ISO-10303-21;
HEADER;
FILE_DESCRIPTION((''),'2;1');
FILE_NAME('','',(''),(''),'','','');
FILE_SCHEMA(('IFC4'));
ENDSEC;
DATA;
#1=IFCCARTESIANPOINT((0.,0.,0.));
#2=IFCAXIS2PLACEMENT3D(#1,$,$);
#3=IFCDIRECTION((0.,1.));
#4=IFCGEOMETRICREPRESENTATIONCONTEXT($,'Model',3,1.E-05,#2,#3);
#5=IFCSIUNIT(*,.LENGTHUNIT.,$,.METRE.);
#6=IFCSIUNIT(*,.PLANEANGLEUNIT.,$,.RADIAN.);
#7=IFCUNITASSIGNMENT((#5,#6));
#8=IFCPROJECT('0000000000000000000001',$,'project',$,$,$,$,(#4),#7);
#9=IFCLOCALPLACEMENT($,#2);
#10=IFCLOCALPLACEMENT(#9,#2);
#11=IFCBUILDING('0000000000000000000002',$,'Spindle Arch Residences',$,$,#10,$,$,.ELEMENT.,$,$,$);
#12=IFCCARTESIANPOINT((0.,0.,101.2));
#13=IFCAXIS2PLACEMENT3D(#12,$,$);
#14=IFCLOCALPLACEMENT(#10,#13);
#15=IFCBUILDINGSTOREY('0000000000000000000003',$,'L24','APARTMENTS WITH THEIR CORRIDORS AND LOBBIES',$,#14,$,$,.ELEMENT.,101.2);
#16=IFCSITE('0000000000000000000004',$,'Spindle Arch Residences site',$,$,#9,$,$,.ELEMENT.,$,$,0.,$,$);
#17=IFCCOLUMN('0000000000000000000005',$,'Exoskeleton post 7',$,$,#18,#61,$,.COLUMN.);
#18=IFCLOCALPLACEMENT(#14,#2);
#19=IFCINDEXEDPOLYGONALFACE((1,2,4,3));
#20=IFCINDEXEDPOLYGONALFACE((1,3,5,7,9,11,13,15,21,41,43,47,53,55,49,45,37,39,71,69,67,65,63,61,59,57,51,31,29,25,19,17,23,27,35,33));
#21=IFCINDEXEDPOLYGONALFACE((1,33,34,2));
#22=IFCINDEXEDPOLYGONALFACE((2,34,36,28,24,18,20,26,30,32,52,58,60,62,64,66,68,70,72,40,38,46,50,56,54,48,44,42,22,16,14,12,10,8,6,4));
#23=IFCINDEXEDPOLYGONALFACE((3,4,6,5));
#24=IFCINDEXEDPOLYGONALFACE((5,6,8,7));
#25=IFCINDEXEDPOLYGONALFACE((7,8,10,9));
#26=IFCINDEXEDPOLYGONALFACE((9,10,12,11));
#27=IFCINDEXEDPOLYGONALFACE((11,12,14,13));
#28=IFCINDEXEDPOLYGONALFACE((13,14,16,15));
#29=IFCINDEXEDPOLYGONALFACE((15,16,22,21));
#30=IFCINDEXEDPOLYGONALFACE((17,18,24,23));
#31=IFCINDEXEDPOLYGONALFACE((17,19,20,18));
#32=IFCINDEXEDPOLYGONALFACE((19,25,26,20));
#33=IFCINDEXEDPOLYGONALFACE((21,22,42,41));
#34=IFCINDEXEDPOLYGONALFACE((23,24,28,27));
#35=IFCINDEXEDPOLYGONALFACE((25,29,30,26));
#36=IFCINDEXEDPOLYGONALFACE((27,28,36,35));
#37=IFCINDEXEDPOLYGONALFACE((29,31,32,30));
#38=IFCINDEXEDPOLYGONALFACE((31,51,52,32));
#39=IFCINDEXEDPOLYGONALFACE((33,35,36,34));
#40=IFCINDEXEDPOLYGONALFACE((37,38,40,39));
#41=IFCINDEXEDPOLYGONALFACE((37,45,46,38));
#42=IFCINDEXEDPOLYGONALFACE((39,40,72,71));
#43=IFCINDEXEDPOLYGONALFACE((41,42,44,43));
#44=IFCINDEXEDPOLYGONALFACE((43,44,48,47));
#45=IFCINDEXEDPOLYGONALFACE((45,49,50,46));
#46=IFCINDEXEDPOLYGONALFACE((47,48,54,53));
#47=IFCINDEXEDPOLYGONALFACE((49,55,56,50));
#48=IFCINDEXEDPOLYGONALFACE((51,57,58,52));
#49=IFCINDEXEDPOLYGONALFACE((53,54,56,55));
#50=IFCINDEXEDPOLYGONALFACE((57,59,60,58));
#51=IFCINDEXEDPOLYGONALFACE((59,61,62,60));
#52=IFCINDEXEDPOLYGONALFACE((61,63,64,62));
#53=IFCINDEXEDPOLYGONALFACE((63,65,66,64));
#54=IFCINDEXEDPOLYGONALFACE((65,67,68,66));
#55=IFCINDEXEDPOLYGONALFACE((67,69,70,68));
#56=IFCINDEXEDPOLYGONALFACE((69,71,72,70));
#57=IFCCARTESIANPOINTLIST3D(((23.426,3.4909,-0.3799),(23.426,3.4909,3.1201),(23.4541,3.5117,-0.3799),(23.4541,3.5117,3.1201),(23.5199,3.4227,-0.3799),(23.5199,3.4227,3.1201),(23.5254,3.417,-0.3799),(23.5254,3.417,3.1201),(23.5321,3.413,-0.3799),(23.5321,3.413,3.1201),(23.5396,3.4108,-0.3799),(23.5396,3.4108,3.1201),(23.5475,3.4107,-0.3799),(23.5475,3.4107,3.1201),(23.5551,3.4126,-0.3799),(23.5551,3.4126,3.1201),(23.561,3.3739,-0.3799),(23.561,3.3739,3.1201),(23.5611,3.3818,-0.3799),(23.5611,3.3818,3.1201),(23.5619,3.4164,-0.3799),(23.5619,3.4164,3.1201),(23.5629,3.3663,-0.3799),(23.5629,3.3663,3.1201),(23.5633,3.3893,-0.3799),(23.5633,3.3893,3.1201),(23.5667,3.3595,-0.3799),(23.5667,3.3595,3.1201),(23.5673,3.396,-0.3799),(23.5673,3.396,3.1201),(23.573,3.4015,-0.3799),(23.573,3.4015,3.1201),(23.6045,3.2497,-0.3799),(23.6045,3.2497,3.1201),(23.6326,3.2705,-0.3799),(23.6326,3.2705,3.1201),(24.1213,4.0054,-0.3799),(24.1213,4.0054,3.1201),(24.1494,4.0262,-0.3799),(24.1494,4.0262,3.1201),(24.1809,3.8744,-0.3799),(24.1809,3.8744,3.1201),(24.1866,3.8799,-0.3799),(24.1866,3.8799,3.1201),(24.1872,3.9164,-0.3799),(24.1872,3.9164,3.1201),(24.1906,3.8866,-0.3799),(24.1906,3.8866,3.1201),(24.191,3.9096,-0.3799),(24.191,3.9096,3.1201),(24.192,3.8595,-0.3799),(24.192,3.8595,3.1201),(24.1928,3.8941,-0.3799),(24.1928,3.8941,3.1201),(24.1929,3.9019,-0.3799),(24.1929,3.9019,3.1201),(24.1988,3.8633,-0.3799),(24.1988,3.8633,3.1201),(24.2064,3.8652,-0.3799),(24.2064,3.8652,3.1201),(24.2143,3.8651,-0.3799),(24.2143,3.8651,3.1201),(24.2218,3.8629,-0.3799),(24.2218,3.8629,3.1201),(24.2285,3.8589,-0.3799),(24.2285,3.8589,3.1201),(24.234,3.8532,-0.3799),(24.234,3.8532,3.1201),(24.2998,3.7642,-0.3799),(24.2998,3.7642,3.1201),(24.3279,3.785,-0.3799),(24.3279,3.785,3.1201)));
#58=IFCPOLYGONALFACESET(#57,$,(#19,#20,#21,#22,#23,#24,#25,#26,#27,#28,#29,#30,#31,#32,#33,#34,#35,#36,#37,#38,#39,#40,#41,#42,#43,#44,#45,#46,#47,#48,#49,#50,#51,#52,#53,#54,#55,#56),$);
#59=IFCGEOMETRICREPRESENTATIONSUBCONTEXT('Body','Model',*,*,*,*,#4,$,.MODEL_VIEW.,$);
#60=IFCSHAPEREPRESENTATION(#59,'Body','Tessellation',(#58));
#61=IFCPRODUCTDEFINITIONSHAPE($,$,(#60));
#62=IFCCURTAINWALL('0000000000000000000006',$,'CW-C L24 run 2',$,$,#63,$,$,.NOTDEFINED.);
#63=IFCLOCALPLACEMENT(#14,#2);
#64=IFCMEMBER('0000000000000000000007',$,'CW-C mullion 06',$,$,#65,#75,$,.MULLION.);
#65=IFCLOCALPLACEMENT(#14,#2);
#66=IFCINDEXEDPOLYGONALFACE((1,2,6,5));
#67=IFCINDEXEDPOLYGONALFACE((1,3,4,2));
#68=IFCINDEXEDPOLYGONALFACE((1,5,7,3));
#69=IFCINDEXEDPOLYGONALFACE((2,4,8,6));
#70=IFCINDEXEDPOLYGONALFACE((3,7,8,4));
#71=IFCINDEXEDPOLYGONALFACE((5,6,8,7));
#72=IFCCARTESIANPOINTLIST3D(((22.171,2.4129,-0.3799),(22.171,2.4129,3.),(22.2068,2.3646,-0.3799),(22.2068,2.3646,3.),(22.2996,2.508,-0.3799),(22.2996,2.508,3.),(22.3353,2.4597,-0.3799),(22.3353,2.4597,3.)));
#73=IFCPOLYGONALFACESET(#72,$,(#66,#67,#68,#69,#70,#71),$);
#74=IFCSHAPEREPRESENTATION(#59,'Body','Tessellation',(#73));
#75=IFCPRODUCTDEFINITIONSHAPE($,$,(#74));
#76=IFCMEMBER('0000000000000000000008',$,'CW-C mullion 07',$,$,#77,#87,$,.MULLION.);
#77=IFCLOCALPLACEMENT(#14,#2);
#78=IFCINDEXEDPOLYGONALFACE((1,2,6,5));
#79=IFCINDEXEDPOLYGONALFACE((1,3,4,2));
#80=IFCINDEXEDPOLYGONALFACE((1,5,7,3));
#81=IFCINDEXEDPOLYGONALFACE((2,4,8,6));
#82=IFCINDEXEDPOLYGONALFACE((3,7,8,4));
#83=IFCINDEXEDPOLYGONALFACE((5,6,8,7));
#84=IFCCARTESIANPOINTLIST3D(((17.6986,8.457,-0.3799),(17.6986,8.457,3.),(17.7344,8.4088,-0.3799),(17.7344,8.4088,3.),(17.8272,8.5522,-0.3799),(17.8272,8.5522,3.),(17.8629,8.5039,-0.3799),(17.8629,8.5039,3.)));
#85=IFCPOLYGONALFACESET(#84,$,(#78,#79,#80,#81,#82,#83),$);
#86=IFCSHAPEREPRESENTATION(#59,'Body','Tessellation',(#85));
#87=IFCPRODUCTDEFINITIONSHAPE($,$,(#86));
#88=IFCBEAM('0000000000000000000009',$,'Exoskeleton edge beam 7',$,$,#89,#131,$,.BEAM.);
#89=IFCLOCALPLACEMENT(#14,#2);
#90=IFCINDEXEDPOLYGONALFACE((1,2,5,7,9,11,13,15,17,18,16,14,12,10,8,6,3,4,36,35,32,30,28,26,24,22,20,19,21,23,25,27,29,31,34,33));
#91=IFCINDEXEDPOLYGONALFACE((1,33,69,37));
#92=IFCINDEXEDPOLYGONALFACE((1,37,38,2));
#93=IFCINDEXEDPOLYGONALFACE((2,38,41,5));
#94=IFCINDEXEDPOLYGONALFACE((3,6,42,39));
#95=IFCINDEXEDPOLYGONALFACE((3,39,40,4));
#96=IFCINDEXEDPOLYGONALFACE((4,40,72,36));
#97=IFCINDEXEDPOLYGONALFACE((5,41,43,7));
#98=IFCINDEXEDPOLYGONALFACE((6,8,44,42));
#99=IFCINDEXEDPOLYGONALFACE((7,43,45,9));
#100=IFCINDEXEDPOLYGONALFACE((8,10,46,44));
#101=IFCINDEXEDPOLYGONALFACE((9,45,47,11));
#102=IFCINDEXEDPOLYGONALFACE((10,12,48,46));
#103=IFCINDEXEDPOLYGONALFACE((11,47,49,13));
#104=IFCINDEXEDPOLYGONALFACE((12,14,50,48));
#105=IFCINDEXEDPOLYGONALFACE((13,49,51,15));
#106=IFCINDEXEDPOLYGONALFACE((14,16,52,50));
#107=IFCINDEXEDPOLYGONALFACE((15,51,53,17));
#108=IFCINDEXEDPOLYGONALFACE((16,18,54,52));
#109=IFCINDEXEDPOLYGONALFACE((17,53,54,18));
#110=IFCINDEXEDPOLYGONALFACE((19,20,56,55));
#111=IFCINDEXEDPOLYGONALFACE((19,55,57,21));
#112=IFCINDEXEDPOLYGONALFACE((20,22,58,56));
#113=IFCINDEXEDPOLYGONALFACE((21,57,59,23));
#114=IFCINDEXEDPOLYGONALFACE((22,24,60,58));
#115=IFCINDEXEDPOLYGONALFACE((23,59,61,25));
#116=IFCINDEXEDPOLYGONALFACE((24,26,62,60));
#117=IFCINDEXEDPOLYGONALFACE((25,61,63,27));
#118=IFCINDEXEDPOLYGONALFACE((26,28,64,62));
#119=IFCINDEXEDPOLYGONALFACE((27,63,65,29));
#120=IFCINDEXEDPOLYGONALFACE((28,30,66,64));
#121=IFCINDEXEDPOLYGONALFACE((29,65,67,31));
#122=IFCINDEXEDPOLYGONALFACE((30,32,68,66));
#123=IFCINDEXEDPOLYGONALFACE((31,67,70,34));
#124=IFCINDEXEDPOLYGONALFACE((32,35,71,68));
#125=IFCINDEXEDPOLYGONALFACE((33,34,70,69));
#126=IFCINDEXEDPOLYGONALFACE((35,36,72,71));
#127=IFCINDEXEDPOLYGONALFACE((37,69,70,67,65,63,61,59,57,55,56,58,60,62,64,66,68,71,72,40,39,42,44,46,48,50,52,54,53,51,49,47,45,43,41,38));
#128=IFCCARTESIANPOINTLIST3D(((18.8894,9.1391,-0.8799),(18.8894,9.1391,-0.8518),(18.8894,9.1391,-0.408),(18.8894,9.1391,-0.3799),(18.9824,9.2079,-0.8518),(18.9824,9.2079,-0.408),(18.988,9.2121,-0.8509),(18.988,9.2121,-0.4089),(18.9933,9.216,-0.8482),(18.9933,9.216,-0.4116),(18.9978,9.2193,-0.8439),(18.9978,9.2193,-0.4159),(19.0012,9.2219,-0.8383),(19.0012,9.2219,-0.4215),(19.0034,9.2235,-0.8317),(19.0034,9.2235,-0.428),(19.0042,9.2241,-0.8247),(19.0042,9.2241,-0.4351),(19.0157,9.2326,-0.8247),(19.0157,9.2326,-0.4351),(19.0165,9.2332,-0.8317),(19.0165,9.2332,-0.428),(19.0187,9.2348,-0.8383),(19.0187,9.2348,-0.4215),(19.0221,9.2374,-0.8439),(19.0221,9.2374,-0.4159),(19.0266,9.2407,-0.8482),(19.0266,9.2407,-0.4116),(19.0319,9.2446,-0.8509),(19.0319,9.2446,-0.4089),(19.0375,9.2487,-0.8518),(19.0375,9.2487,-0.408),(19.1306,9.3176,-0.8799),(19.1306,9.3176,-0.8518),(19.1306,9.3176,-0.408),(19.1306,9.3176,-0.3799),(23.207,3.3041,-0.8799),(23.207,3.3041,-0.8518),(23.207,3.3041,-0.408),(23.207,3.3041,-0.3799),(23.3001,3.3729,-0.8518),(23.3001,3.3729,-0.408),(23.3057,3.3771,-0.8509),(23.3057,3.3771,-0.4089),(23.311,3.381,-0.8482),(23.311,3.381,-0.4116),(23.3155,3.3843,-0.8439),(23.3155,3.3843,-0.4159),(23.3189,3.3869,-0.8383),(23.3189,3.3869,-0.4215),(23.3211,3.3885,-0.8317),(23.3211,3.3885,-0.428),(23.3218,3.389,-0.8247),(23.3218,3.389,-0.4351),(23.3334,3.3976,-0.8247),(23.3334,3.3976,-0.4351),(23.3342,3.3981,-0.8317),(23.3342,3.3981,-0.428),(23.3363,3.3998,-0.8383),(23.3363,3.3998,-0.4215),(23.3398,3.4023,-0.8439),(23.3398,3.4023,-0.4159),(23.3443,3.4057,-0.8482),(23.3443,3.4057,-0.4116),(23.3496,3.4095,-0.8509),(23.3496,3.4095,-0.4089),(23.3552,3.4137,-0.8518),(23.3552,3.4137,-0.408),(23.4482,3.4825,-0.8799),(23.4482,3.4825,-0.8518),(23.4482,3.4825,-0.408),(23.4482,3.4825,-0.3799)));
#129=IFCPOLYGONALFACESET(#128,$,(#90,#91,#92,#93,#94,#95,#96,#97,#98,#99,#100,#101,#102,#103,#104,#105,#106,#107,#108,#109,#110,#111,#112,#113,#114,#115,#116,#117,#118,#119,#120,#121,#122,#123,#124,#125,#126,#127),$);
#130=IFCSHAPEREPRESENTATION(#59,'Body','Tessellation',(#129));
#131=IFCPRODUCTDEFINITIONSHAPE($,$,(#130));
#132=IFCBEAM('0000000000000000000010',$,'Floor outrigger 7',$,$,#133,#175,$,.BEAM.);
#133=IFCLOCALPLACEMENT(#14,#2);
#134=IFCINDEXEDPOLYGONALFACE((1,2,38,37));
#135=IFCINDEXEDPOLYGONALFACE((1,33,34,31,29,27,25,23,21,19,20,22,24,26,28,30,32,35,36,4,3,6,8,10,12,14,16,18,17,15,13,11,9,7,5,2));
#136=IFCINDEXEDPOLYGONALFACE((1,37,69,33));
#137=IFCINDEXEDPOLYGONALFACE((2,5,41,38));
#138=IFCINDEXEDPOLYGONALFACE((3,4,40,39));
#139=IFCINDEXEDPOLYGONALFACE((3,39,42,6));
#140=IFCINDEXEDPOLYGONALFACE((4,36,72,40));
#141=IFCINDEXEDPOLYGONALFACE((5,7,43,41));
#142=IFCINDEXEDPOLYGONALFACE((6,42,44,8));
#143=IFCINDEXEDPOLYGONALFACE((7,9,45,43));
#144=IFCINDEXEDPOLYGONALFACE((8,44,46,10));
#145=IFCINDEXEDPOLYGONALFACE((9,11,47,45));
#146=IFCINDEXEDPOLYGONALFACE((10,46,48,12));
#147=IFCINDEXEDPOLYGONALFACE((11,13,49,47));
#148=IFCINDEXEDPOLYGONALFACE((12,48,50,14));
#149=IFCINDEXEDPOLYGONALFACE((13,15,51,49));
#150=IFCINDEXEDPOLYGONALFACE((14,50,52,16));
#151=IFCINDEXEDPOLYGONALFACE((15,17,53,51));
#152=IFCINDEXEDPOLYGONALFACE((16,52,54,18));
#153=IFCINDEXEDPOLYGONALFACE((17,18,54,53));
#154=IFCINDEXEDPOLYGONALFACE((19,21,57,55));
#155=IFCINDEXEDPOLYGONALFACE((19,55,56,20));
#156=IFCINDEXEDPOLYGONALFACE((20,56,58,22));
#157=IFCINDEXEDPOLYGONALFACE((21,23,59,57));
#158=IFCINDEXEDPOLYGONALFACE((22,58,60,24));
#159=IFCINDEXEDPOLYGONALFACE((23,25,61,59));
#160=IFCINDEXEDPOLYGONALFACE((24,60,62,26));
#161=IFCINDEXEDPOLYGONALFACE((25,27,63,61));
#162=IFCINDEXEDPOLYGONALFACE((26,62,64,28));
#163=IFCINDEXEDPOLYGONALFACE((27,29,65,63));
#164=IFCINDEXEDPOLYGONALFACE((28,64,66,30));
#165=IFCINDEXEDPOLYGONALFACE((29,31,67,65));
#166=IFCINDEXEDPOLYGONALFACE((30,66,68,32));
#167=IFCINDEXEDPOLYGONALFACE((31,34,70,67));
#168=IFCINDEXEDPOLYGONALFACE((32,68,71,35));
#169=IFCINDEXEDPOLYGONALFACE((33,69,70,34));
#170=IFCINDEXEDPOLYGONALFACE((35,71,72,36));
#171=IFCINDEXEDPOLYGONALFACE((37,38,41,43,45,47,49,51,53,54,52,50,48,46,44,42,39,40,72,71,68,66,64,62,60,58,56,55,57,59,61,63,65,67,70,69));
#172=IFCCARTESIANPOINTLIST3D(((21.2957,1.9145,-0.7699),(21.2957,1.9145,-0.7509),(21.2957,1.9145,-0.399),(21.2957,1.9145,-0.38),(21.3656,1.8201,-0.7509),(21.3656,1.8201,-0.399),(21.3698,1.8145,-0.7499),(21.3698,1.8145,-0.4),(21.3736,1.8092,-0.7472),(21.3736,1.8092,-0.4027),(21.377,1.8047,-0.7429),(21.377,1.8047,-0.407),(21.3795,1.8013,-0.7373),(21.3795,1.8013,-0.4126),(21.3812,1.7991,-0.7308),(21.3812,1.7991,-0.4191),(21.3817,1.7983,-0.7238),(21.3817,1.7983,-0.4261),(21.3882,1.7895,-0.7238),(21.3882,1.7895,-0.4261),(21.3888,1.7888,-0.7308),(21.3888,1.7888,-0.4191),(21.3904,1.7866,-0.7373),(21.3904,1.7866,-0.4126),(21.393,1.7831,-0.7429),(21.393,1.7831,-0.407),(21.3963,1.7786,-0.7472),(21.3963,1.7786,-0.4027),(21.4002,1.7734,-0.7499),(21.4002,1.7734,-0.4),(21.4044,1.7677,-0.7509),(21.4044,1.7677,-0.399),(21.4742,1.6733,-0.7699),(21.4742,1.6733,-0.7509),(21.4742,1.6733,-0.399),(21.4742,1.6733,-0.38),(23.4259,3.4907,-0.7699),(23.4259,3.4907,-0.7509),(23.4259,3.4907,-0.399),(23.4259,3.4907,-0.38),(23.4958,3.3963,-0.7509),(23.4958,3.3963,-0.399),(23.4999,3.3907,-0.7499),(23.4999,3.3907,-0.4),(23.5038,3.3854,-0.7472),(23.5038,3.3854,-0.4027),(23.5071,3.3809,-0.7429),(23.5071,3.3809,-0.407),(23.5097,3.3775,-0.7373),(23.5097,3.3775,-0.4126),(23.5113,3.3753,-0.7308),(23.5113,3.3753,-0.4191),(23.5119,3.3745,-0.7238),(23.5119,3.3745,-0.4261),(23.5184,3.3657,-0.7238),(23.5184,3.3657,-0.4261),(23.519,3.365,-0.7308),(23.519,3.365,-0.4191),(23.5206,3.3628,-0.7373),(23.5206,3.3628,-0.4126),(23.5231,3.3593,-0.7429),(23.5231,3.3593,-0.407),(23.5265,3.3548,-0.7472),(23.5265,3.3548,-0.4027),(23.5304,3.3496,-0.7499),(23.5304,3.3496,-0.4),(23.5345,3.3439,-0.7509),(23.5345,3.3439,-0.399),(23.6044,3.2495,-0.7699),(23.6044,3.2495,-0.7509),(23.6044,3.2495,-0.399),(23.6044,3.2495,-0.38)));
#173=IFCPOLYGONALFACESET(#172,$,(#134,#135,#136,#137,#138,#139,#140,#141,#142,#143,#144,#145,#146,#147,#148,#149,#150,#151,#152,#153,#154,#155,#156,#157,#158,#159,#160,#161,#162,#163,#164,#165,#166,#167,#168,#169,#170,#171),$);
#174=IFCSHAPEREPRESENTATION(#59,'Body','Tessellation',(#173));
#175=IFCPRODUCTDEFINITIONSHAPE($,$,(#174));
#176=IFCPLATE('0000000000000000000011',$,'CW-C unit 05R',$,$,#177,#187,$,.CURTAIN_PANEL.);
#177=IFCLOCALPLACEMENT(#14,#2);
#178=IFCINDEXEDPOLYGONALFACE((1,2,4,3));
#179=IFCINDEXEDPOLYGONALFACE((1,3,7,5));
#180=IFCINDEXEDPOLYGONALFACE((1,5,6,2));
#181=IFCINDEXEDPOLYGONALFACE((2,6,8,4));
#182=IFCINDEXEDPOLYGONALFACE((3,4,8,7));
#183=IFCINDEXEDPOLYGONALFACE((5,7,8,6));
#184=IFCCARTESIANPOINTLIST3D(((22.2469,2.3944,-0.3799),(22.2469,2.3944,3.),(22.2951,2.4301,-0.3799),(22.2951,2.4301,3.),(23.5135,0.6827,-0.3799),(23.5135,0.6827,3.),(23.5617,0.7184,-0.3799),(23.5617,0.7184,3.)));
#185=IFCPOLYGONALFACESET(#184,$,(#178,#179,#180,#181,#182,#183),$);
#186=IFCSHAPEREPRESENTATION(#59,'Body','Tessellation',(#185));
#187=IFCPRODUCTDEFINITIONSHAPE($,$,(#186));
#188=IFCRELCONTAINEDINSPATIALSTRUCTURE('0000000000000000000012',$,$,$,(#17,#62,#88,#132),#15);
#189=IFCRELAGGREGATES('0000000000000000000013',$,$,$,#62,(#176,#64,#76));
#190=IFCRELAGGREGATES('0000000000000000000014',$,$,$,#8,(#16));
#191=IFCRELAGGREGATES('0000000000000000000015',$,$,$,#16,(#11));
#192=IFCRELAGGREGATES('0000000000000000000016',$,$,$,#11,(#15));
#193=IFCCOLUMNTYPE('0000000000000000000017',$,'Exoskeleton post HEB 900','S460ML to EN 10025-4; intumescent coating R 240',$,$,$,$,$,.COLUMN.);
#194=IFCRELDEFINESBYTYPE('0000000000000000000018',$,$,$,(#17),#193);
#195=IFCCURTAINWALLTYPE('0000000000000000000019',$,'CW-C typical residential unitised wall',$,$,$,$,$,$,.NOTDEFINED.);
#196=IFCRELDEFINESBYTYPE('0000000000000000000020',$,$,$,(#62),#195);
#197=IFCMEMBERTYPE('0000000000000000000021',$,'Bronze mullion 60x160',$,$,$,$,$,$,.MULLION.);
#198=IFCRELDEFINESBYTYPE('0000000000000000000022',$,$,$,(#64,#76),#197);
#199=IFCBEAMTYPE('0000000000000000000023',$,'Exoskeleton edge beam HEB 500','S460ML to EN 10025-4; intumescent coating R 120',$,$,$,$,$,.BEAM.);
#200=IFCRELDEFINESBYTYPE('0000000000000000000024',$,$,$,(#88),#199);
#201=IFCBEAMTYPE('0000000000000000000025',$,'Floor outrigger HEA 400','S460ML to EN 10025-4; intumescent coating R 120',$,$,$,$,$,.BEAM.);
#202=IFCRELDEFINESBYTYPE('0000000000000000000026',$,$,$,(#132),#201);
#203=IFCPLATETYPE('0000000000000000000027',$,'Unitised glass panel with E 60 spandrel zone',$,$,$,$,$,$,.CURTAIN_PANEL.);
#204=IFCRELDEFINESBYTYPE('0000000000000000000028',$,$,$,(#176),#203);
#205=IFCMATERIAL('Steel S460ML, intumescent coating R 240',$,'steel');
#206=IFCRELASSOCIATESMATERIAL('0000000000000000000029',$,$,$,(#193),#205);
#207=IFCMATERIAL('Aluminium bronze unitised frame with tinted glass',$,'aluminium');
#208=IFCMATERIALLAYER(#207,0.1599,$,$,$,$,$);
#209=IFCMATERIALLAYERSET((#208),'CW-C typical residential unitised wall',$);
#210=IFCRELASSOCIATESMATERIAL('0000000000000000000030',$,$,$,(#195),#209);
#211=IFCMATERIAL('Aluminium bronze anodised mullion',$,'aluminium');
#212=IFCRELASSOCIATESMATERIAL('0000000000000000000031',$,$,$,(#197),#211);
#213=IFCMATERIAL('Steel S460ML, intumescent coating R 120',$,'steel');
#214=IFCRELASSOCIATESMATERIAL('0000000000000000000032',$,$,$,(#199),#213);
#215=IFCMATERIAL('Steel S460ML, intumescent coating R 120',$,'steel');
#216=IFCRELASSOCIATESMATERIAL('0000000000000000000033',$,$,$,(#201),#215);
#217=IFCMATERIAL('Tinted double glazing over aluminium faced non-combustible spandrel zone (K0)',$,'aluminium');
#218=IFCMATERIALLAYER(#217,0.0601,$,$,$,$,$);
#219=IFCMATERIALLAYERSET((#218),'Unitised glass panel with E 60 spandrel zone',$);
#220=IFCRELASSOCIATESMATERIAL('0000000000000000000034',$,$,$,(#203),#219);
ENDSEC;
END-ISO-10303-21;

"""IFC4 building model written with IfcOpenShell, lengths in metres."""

from ifc_helpers import new_model, si_unit, direction, frame, origin, origin_2d, place, context, subcontext, project, spatial, rectangle, i_section, extrude, material, layer, layer_set, material_profile, profile_set, type_object, element, aggregate, save


model = new_model("IFC4")

# Units and contexts
model_context = context("Model", 3, precision=1e-05, world=origin(), true_north=direction((0.0, 1.0)))
body_context = subcontext(model_context, "Body", "Model", "MODEL_VIEW")
ifc_project = project(units=[si_unit("LENGTHUNIT", "METRE"), si_unit("PLANEANGLEUNIT", "RADIAN")], contexts=[model_context])

# Site, building, storey
site_placement = place(None, origin())
site = spatial("IfcSite", under=ifc_project, at=site_placement, Name="Spindle Arch Residences site", CompositionType="ELEMENT", RefElevation=0.0)
building_placement = place(site_placement, origin())
building = spatial("IfcBuilding", under=site, at=building_placement, Name="Spindle Arch Residences", CompositionType="ELEMENT")
storey_placement = place(building_placement, frame((0.0, 0.0, 101.2)))
storey = spatial("IfcBuildingStorey", under=building, at=storey_placement, Name="L24", Description="APARTMENTS WITH THEIR CORRIDORS AND LOBBIES", CompositionType="ELEMENT", Elevation=101.2)

# Column
ifc_material_1 = material(Name="Steel S460ML, intumescent coating R 240", Category="steel")
ifc_material_profile_1 = material_profile(ifc_material_1, i_section(OverallWidth=0.3, OverallDepth=0.8999, WebThickness=0.0186, FlangeThickness=0.0349, FilletRadius=0.03, at=origin_2d()), Name="HEB 900")
ifc_profile_set_1 = profile_set([ifc_material_profile_1], Name="Steel S460ML, intumescent coating R 240")
column_type = type_object("IfcColumnType", Name="Exoskeleton post HEB 900", Description="S460ML to EN 10025-4; intumescent coating R 240", PredefinedType="COLUMN", material=ifc_profile_set_1)
column_placement = place(storey_placement, frame((23.877, 3.6379, -0.3799), z_axis=(0.0, 0.0, 1.0), x_axis=(0.594823, -0.803857, 0.0)))
element("IfcColumn", 1, at=column_placement, inside=storey, type_object=column_type, Name="Exoskeleton post 7", PredefinedType="COLUMN", context=body_context, shape_type="SweptSolid", body=[
    extrude(i_section(OverallWidth=0.3, OverallDepth=0.8999, WebThickness=0.0186, FlangeThickness=0.0349, FilletRadius=0.03, at=origin_2d()), origin(), (0.0, 0.0, 1.0), 3.5),
])

# Curtain wall, members
ifc_material_2 = material(Name="Aluminium bronze unitised frame with tinted glass", Category="aluminium")
ifc_layer_1 = layer(ifc_material_2, 0.1599)
ifc_layer_set_1 = layer_set([ifc_layer_1], Name="CW-C typical residential unitised wall")
curtain_wall_type = type_object("IfcCurtainWallType", Name="CW-C typical residential unitised wall", PredefinedType="NOTDEFINED", material=ifc_layer_set_1)
curtain_wall_placement = place(storey_placement, origin())
curtain_wall = element("IfcCurtainWall", 2, at=curtain_wall_placement, inside=storey, type_object=curtain_wall_type, Name="CW-C L24 run 2", PredefinedType="NOTDEFINED")
ifc_material_3 = material(Name="Aluminium bronze anodised mullion", Category="aluminium")
ifc_material_profile_2 = material_profile(ifc_material_3, rectangle(XDim=0.1599, YDim=0.0601, at=origin_2d()), Name="MU 60x160")
ifc_profile_set_2 = profile_set([ifc_material_profile_2], Name="Aluminium bronze anodised mullion")
member_type = type_object("IfcMemberType", Name="Bronze mullion 60x160", PredefinedType="MULLION", material=ifc_profile_set_2)
member_1_placement = place(storey_placement, frame((22.2532, 2.4363, -0.3799), z_axis=(0.0, 0.0, 1.0), x_axis=(-0.803857, -0.594823, 0.0)))
member_1 = element("IfcMember", 3, at=member_1_placement, type_object=member_type, Name="CW-C mullion 06", PredefinedType="MULLION", context=body_context, shape_type="SweptSolid", body=[
    extrude(rectangle(XDim=0.1599, YDim=0.0601, at=origin_2d()), origin(), (0.0, 0.0, 1.0), 3.3799),
])
member_2_placement = place(storey_placement, frame((17.7808, 8.4805, -0.3799), z_axis=(0.0, 0.0, 1.0), x_axis=(-0.803857, -0.594823, 0.0)))
member_2 = element("IfcMember", 4, at=member_2_placement, type_object=member_type, Name="CW-C mullion 07", PredefinedType="MULLION", context=body_context, shape_type="SweptSolid", body=[
    extrude(rectangle(XDim=0.1599, YDim=0.0601, at=origin_2d()), origin(), (0.0, 0.0, 1.0), 3.3799),
])

# Beams
ifc_material_4 = material(Name="Steel S460ML, intumescent coating R 120", Category="steel")
ifc_material_profile_3 = material_profile(ifc_material_4, i_section(OverallWidth=0.3, OverallDepth=0.5, WebThickness=0.0144, FlangeThickness=0.0281, FilletRadius=0.0271, at=origin_2d()), Name="HEB 500")
ifc_profile_set_3 = profile_set([ifc_material_profile_3], Name="Steel S460ML, intumescent coating R 120")
beam_type_1 = type_object("IfcBeamType", Name="Exoskeleton edge beam HEB 500", Description="S460ML to EN 10025-4; intumescent coating R 120", PredefinedType="BEAM", material=ifc_profile_set_3)
beam_1_placement = place(storey_placement, frame((23.3276, 3.3933, -0.6299), z_axis=(-0.594821, 0.803858, 0.0), x_axis=(-0.803858, -0.594821, 0.0)))
element("IfcBeam", 5, at=beam_1_placement, inside=storey, type_object=beam_type_1, Name="Exoskeleton edge beam 7", PredefinedType="BEAM", context=body_context, shape_type="SweptSolid", body=[
    extrude(i_section(OverallWidth=0.3, OverallDepth=0.5, WebThickness=0.0144, FlangeThickness=0.0281, FilletRadius=0.0271, at=origin_2d()), origin(), (0.0, 0.0, 1.0), 7.2588),
])
ifc_material_5 = material(Name="Steel S460ML, intumescent coating R 120", Category="steel")
ifc_material_profile_4 = material_profile(ifc_material_5, i_section(OverallWidth=0.3, OverallDepth=0.3899, WebThickness=0.011, FlangeThickness=0.019, FilletRadius=0.0271, at=origin_2d()), Name="HEA 400")
ifc_profile_set_4 = profile_set([ifc_material_profile_4], Name="Steel S460ML, intumescent coating R 120")
beam_type_2 = type_object("IfcBeamType", Name="Floor outrigger HEA 400", Description="S460ML to EN 10025-4; intumescent coating R 120", PredefinedType="BEAM", material=ifc_profile_set_4)
beam_2_placement = place(storey_placement, frame((23.5151, 3.3701, -0.575), z_axis=(-0.803864, -0.594813, 0.0), x_axis=(0.594813, -0.803864, 0.0)))
element("IfcBeam", 6, at=beam_2_placement, inside=storey, type_object=beam_type_2, Name="Floor outrigger 7", PredefinedType="BEAM", context=body_context, shape_type="SweptSolid", body=[
    extrude(i_section(OverallWidth=0.3, OverallDepth=0.3899, WebThickness=0.011, FlangeThickness=0.019, FilletRadius=0.0271, at=origin_2d()), origin(), (0.0, 0.0, 1.0), 2.6499),
])

# Plate
ifc_material_6 = material(Name="Tinted double glazing over aluminium faced non-combustible spandrel zone (K0)", Category="aluminium")
ifc_layer_2 = layer(ifc_material_6, 0.0601)
ifc_layer_set_2 = layer_set([ifc_layer_2], Name="Unitised glass panel with E 60 spandrel zone")
plate_type = type_object("IfcPlateType", Name="Unitised glass panel with E 60 spandrel zone", PredefinedType="CURTAIN_PANEL", material=ifc_layer_set_2)
plate_1_placement = place(storey_placement, frame((22.9043, 1.5564, -0.3799), z_axis=(0.0, 0.0, 1.0), x_axis=(-0.594823, 0.803857, 0.0)))
plate_1 = element("IfcPlate", 7, at=plate_1_placement, type_object=plate_type, Name="CW-C unit 05R", PredefinedType="CURTAIN_PANEL", context=body_context, shape_type="SweptSolid", body=[
    extrude(rectangle(XDim=2.1294, YDim=0.0601, at=origin_2d()), origin(), (0.0, 0.0, 1.0), 3.3799),
])
aggregate(curtain_wall, [plate_1, member_1, member_2])

save(model, "model.ifc")
